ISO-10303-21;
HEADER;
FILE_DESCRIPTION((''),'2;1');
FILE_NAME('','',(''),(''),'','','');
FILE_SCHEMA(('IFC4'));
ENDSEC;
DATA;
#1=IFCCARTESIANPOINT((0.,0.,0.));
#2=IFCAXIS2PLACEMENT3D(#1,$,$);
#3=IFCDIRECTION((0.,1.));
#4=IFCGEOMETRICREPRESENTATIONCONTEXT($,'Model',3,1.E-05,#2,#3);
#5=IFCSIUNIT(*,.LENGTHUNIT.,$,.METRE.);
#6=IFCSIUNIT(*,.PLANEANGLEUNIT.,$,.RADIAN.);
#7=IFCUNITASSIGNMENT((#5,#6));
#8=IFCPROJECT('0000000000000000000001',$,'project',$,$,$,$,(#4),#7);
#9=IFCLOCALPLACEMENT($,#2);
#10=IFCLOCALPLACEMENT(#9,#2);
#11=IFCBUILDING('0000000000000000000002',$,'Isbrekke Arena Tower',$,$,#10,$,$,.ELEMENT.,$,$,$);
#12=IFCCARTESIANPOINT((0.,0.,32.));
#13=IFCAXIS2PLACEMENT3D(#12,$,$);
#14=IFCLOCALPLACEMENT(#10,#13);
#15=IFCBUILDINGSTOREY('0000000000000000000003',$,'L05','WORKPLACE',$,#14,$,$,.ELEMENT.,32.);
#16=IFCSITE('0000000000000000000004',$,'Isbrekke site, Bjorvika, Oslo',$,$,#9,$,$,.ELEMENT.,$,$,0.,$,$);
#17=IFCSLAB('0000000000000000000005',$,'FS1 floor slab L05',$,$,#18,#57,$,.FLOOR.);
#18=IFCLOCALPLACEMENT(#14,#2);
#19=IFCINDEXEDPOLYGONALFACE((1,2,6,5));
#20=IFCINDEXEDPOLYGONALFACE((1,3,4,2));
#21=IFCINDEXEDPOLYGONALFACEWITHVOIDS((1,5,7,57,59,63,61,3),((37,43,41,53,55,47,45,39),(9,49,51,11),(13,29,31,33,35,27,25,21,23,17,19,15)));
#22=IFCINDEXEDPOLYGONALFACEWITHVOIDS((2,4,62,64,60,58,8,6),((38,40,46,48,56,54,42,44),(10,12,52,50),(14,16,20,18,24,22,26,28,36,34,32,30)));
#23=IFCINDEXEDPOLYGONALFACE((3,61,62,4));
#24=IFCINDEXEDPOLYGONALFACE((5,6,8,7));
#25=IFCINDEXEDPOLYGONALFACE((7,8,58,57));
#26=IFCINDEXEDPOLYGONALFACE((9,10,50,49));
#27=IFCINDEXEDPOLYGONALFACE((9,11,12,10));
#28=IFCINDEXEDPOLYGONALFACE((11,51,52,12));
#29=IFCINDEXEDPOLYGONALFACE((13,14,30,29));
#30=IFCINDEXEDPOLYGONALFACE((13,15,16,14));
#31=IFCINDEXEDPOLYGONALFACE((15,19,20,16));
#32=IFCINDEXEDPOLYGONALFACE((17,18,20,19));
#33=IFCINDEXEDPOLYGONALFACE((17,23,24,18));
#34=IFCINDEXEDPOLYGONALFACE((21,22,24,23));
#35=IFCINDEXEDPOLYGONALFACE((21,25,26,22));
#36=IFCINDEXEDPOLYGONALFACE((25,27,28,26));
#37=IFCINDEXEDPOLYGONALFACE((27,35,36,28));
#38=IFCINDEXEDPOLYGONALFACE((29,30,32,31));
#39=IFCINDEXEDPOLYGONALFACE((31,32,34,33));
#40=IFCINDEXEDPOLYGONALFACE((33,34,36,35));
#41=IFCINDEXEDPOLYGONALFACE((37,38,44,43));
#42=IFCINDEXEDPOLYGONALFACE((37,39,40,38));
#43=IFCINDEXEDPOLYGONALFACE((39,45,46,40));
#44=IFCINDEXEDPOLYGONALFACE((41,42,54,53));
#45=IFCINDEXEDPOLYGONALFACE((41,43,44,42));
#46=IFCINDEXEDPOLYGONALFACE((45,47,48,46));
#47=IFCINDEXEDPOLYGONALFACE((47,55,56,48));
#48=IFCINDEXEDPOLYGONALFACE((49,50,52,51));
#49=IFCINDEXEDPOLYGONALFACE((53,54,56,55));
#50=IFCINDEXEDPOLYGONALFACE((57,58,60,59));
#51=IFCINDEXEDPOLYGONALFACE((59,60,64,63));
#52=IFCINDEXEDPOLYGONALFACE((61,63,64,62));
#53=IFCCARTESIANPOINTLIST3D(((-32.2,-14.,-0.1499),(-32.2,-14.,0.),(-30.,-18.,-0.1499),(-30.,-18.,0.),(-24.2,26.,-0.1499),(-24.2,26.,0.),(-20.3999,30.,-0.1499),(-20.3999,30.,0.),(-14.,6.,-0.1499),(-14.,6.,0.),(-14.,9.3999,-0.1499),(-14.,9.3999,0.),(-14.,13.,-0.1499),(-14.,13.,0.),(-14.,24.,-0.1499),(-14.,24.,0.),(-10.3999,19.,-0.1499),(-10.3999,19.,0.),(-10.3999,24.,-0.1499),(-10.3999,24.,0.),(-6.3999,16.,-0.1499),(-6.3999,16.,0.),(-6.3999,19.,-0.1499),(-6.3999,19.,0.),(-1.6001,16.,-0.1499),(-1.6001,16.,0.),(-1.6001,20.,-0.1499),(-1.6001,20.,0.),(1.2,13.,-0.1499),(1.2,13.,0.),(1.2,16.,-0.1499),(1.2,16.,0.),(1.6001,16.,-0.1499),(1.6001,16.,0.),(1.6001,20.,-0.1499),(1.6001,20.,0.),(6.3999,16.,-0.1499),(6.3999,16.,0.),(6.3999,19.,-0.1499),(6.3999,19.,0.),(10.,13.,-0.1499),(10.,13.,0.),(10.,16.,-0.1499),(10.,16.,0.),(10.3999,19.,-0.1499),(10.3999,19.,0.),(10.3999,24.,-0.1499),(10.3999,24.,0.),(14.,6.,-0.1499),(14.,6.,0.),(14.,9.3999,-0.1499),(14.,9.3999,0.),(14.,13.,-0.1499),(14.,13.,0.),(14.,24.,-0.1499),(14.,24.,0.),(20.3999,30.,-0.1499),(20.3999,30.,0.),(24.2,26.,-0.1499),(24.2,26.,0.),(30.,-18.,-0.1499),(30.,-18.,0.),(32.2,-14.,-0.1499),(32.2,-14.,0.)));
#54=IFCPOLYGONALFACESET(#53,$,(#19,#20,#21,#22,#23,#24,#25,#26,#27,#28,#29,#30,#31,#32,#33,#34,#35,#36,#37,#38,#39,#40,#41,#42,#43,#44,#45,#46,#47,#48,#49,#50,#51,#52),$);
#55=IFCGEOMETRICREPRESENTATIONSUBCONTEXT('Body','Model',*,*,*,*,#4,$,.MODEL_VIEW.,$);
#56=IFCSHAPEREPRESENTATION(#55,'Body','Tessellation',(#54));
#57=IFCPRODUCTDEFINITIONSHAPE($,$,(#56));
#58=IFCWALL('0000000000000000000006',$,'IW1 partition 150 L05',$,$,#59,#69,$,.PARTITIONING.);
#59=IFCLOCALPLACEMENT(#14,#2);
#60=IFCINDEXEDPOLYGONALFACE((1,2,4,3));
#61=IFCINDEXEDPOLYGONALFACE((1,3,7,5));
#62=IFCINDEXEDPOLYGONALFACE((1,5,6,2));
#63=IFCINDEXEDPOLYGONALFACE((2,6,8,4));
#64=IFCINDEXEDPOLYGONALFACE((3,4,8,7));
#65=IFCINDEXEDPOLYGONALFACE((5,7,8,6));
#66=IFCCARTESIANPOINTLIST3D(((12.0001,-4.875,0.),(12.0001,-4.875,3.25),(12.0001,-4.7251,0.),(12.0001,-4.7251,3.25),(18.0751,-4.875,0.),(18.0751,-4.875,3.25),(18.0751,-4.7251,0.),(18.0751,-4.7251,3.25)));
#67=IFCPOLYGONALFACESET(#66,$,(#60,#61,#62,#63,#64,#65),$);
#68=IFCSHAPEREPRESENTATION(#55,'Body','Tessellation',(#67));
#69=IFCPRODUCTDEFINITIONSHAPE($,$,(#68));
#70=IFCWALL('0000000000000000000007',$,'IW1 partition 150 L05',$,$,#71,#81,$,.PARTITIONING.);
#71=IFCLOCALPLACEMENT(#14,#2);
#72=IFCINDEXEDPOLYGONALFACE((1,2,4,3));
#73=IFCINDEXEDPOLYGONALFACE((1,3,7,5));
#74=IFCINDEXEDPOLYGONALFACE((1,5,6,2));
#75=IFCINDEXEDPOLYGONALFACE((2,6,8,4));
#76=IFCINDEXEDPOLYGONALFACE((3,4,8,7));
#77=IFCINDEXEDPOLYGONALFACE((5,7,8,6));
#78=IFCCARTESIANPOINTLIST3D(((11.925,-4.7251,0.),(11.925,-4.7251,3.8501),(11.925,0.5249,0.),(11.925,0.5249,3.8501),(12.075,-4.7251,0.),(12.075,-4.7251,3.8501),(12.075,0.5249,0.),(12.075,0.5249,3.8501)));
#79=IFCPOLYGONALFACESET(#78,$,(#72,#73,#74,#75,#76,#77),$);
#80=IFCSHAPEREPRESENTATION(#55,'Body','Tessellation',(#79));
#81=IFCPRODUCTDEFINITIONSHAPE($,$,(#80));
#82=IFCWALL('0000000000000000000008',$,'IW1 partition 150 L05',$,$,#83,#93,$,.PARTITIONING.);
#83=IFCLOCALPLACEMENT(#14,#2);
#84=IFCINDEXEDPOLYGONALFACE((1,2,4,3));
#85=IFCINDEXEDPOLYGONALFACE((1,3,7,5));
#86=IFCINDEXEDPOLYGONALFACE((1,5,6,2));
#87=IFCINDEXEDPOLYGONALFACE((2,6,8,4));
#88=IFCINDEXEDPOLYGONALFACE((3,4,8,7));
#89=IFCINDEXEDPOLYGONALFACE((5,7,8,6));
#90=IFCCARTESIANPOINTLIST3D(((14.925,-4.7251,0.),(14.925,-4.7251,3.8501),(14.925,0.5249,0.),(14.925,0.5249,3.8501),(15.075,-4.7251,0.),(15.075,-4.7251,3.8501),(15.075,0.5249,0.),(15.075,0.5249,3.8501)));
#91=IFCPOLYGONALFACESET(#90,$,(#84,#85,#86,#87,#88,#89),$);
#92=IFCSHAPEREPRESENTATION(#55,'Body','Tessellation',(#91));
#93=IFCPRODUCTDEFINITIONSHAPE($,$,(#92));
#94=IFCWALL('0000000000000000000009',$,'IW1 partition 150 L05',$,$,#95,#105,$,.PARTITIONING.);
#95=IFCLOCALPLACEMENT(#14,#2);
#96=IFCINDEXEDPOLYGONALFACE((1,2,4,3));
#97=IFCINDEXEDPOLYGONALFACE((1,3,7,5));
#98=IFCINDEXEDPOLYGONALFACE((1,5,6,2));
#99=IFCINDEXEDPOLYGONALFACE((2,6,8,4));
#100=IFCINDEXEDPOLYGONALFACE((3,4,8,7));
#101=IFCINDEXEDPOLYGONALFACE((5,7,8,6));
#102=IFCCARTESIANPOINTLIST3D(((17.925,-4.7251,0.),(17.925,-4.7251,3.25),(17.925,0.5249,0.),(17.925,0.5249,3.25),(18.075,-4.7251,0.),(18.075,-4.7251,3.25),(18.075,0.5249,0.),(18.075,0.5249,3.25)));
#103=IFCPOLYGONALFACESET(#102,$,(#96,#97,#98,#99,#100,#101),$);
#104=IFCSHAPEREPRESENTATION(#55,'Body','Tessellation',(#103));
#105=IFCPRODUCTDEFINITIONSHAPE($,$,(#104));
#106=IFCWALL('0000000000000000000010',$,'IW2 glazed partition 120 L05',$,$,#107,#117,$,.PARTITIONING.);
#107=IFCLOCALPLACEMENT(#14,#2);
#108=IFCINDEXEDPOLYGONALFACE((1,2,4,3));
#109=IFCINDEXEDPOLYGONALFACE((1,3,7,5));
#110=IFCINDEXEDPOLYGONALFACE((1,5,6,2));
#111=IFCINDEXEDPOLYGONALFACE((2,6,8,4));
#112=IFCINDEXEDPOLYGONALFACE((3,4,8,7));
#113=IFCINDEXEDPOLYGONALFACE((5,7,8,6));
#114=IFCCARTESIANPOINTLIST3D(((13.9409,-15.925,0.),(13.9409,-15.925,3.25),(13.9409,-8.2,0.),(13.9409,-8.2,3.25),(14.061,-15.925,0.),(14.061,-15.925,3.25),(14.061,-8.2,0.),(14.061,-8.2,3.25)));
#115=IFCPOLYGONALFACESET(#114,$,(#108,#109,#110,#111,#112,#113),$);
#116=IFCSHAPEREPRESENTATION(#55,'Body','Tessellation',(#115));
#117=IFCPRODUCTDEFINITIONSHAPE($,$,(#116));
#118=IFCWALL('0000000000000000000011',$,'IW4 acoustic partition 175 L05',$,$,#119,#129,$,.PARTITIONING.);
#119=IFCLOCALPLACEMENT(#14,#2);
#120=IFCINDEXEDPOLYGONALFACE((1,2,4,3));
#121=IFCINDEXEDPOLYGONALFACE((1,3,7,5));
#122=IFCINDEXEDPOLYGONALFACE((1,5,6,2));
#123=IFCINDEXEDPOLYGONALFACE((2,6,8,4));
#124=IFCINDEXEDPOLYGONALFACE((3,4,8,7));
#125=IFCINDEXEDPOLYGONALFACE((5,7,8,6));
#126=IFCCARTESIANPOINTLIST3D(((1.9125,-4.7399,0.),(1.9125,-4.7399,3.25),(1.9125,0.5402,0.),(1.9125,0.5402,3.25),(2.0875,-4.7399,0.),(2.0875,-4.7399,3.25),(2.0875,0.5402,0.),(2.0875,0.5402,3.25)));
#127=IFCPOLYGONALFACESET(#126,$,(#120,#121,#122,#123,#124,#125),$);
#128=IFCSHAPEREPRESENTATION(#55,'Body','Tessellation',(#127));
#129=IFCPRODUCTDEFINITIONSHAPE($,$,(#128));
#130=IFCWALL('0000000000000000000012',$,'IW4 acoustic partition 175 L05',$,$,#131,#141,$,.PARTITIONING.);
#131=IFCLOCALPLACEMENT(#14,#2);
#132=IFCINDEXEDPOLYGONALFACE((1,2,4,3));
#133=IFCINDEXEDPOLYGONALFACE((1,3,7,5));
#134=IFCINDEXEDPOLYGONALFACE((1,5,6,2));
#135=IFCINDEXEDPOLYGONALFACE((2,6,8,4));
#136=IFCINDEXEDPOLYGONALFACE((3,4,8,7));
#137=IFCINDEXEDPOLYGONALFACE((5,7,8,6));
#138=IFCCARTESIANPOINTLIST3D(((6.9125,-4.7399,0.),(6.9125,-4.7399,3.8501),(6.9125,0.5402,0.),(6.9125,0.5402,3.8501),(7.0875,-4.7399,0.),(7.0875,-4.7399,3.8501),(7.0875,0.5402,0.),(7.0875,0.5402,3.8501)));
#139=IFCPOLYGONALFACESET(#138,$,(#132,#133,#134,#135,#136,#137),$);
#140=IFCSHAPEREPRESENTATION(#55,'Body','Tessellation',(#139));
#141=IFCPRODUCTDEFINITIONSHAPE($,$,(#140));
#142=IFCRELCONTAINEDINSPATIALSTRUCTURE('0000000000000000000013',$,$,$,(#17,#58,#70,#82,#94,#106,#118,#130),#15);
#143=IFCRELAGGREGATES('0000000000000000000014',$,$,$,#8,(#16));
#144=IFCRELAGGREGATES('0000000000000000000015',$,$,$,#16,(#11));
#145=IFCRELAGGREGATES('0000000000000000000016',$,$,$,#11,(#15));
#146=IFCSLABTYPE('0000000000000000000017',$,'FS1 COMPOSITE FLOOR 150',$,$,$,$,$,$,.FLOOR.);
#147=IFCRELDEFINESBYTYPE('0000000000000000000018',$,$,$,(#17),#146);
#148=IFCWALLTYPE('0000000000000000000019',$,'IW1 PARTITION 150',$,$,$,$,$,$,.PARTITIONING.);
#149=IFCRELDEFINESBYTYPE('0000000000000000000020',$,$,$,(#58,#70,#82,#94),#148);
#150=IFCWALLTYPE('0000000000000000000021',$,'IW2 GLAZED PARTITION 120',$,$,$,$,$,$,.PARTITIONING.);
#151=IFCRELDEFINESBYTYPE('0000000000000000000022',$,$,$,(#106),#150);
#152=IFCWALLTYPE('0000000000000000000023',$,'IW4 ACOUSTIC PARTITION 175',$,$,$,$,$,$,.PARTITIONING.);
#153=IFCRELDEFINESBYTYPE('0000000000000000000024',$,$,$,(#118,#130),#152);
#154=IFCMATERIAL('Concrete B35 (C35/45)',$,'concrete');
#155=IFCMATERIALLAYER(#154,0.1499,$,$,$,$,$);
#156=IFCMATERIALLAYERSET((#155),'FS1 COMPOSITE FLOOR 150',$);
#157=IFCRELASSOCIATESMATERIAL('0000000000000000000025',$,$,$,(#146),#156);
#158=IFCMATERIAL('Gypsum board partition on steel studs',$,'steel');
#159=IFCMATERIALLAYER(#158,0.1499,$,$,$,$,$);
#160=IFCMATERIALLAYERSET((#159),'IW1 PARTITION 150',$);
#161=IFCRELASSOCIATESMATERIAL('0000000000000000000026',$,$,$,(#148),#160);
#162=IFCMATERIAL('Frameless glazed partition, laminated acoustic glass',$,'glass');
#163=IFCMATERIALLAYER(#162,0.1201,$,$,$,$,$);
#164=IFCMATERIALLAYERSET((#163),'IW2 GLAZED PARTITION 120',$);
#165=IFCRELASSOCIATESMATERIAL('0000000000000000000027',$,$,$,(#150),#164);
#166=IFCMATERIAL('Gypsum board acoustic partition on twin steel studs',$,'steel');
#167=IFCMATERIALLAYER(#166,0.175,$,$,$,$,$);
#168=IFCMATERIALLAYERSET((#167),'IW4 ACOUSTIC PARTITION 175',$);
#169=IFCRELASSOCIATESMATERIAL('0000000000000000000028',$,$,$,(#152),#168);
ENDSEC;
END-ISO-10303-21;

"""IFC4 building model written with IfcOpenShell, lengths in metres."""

from ifc_helpers import new_model, si_unit, direction, frame, frame_2d, origin, place, context, subcontext, project, spatial, polyline, rectangle, outline, extrude, material, layer, layer_set, type_object, element, save


model = new_model("IFC4")

# Units and contexts
model_context = context("Model", 3, precision=1e-05, world=origin(), true_north=direction((0.0, 1.0)))
body_context = subcontext(model_context, "Body", "Model", "MODEL_VIEW")
ifc_project = project(units=[si_unit("LENGTHUNIT", "METRE"), si_unit("PLANEANGLEUNIT", "RADIAN")], contexts=[model_context])

# Site, building, storey
site_placement = place(None, origin())
site = spatial("IfcSite", under=ifc_project, at=site_placement, Name="Isbrekke site, Bjorvika, Oslo", CompositionType="ELEMENT", RefElevation=0.0)
building_placement = place(site_placement, origin())
building = spatial("IfcBuilding", under=site, at=building_placement, Name="Isbrekke Arena Tower", CompositionType="ELEMENT")
storey_placement = place(building_placement, frame((0.0, 0.0, 32.0)))
storey = spatial("IfcBuildingStorey", under=building, at=storey_placement, Name="L05", Description="WORKPLACE", CompositionType="ELEMENT", Elevation=32.0)

# Slab
ifc_material_1 = material(Name="Concrete B35 (C35/45)", Category="concrete")
ifc_layer_1 = layer(ifc_material_1, 0.1499)
ifc_layer_set_1 = layer_set([ifc_layer_1], Name="FS1 COMPOSITE FLOOR 150")
slab_type = type_object("IfcSlabType", Name="FS1 COMPOSITE FLOOR 150", PredefinedType="FLOOR", material=ifc_layer_set_1)
slab_placement = place(storey_placement, frame((0.0, 0.0, -0.1499)))
element("IfcSlab", 1, at=slab_placement, inside=storey, type_object=slab_type, Name="FS1 floor slab L05", PredefinedType="FLOOR", context=body_context, shape_type="SweptSolid", body=[
    extrude(outline(polyline([(-30.0, -18.0), (30.0, -18.0), (32.2, -14.0), (24.2, 26.0), (20.3999, 30.0), (-20.3999, 30.0), (-24.2, 26.0), (-32.2, -14.0), (-30.0, -18.0)]), holes=[polyline([(14.0, 9.3999), (14.0, 6.0), (-14.0, 6.0), (-14.0, 9.3999), (14.0, 9.3999)]), polyline([(-6.3999, 19.0), (-6.3999, 16.0), (-1.6001, 16.0), (-1.6001, 20.0), (1.6001, 20.0), (1.6001, 16.0), (1.2, 16.0), (1.2, 13.0), (-14.0, 13.0), (-14.0, 24.0), (-10.3999, 24.0), (-10.3999, 19.0), (-6.3999, 19.0)]), polyline([(10.0, 13.0), (10.0, 16.0), (6.3999, 16.0), (6.3999, 19.0), (10.3999, 19.0), (10.3999, 24.0), (14.0, 24.0), (14.0, 13.0), (10.0, 13.0)])]), origin(), (0.0, 0.0, 1.0), 0.1499),
])

# Walls
ifc_material_2 = material(Name="Gypsum board partition on steel studs", Category="steel")
ifc_layer_2 = layer(ifc_material_2, 0.1499)
ifc_layer_set_2 = layer_set([ifc_layer_2], Name="IW1 PARTITION 150")
wall_type_1 = type_object("IfcWallType", Name="IW1 PARTITION 150", PredefinedType="PARTITIONING", material=ifc_layer_set_2)
wall_1_placement = place(storey_placement, frame((12.0, -4.8, 0.0), z_axis=(0.0, 0.0, 1.0), x_axis=(1.0, 0.0, 0.0)))
element("IfcWall", 2, at=wall_1_placement, inside=storey, type_object=wall_type_1, Name="IW1 partition 150 L05", PredefinedType="PARTITIONING", context=body_context, shape_type="SweptSolid", body=[
    extrude(rectangle(XDim=6.075, YDim=0.1499, at=frame_2d((3.0376, 0.0))), origin(), (0.0, 0.0, 1.0), 3.25),
])
for number, where, z_axis, x_axis, name in (
    (3, (12.0, -4.7251, 0.0), (0.0, 0.0, 1.0), (0.0, 1.0, 0.0), "IW1 partition 150 L05"),
    (4, (15.0, -4.7251, 0.0), (0.0, 0.0, 1.0), (0.0, 1.0, 0.0), "IW1 partition 150 L05"),
):
    element("IfcWall", number, at=place(storey_placement, frame(where, z_axis=z_axis, x_axis=x_axis)), inside=storey, type_object=wall_type_1, Name=name, PredefinedType="PARTITIONING", context=body_context, shape_type="SweptSolid", body=[
        extrude(rectangle(XDim=5.25, YDim=0.1499, at=frame_2d((2.625, 0.0))), origin(), (0.0, 0.0, 1.0), 3.8501),
    ])
wall_2_placement = place(storey_placement, frame((18.0, -4.7251, 0.0), z_axis=(0.0, 0.0, 1.0), x_axis=(0.0, 1.0, 0.0)))
element("IfcWall", 5, at=wall_2_placement, inside=storey, type_object=wall_type_1, Name="IW1 partition 150 L05", PredefinedType="PARTITIONING", context=body_context, shape_type="SweptSolid", body=[
    extrude(rectangle(XDim=5.25, YDim=0.1499, at=frame_2d((2.625, 0.0))), origin(), (0.0, 0.0, 1.0), 3.25),
])
ifc_material_3 = material(Name="Frameless glazed partition, laminated acoustic glass", Category="glass")
ifc_layer_3 = layer(ifc_material_3, 0.1201)
ifc_layer_set_3 = layer_set([ifc_layer_3], Name="IW2 GLAZED PARTITION 120")
wall_type_2 = type_object("IfcWallType", Name="IW2 GLAZED PARTITION 120", PredefinedType="PARTITIONING", material=ifc_layer_set_3)
wall_3_placement = place(storey_placement, frame((14.001, -15.925, 0.0), z_axis=(0.0, 0.0, 1.0), x_axis=(0.0, 1.0, 0.0)))
element("IfcWall", 6, at=wall_3_placement, inside=storey, type_object=wall_type_2, Name="IW2 glazed partition 120 L05", PredefinedType="PARTITIONING", context=body_context, shape_type="SweptSolid", body=[
    extrude(rectangle(XDim=7.7251, YDim=0.1201, at=frame_2d((3.8625, 0.0))), origin(), (0.0, 0.0, 1.0), 3.25),
])
ifc_material_4 = material(Name="Gypsum board acoustic partition on twin steel studs", Category="steel")
ifc_layer_4 = layer(ifc_material_4, 0.175)
ifc_layer_set_4 = layer_set([ifc_layer_4], Name="IW4 ACOUSTIC PARTITION 175")
wall_type_3 = type_object("IfcWallType", Name="IW4 ACOUSTIC PARTITION 175", PredefinedType="PARTITIONING", material=ifc_layer_set_4)
wall_4_placement = place(storey_placement, frame((2.0, -4.74, 0.0), z_axis=(0.0, 0.0, 1.0), x_axis=(0.0, 1.0, 0.0)))
element("IfcWall", 7, at=wall_4_placement, inside=storey, type_object=wall_type_3, Name="IW4 acoustic partition 175 L05", PredefinedType="PARTITIONING", context=body_context, shape_type="SweptSolid", body=[
    extrude(rectangle(XDim=5.28, YDim=0.175, at=frame_2d((2.6401, 0.0))), origin(), (0.0, 0.0, 1.0), 3.25),
])
wall_5_placement = place(storey_placement, frame((7.0, -4.74, 0.0), z_axis=(0.0, 0.0, 1.0), x_axis=(0.0, 1.0, 0.0)))
element("IfcWall", 8, at=wall_5_placement, inside=storey, type_object=wall_type_3, Name="IW4 acoustic partition 175 L05", PredefinedType="PARTITIONING", context=body_context, shape_type="SweptSolid", body=[
    extrude(rectangle(XDim=5.28, YDim=0.175, at=frame_2d((2.6401, 0.0))), origin(), (0.0, 0.0, 1.0), 3.8501),
])

save(model, "model.ifc")
